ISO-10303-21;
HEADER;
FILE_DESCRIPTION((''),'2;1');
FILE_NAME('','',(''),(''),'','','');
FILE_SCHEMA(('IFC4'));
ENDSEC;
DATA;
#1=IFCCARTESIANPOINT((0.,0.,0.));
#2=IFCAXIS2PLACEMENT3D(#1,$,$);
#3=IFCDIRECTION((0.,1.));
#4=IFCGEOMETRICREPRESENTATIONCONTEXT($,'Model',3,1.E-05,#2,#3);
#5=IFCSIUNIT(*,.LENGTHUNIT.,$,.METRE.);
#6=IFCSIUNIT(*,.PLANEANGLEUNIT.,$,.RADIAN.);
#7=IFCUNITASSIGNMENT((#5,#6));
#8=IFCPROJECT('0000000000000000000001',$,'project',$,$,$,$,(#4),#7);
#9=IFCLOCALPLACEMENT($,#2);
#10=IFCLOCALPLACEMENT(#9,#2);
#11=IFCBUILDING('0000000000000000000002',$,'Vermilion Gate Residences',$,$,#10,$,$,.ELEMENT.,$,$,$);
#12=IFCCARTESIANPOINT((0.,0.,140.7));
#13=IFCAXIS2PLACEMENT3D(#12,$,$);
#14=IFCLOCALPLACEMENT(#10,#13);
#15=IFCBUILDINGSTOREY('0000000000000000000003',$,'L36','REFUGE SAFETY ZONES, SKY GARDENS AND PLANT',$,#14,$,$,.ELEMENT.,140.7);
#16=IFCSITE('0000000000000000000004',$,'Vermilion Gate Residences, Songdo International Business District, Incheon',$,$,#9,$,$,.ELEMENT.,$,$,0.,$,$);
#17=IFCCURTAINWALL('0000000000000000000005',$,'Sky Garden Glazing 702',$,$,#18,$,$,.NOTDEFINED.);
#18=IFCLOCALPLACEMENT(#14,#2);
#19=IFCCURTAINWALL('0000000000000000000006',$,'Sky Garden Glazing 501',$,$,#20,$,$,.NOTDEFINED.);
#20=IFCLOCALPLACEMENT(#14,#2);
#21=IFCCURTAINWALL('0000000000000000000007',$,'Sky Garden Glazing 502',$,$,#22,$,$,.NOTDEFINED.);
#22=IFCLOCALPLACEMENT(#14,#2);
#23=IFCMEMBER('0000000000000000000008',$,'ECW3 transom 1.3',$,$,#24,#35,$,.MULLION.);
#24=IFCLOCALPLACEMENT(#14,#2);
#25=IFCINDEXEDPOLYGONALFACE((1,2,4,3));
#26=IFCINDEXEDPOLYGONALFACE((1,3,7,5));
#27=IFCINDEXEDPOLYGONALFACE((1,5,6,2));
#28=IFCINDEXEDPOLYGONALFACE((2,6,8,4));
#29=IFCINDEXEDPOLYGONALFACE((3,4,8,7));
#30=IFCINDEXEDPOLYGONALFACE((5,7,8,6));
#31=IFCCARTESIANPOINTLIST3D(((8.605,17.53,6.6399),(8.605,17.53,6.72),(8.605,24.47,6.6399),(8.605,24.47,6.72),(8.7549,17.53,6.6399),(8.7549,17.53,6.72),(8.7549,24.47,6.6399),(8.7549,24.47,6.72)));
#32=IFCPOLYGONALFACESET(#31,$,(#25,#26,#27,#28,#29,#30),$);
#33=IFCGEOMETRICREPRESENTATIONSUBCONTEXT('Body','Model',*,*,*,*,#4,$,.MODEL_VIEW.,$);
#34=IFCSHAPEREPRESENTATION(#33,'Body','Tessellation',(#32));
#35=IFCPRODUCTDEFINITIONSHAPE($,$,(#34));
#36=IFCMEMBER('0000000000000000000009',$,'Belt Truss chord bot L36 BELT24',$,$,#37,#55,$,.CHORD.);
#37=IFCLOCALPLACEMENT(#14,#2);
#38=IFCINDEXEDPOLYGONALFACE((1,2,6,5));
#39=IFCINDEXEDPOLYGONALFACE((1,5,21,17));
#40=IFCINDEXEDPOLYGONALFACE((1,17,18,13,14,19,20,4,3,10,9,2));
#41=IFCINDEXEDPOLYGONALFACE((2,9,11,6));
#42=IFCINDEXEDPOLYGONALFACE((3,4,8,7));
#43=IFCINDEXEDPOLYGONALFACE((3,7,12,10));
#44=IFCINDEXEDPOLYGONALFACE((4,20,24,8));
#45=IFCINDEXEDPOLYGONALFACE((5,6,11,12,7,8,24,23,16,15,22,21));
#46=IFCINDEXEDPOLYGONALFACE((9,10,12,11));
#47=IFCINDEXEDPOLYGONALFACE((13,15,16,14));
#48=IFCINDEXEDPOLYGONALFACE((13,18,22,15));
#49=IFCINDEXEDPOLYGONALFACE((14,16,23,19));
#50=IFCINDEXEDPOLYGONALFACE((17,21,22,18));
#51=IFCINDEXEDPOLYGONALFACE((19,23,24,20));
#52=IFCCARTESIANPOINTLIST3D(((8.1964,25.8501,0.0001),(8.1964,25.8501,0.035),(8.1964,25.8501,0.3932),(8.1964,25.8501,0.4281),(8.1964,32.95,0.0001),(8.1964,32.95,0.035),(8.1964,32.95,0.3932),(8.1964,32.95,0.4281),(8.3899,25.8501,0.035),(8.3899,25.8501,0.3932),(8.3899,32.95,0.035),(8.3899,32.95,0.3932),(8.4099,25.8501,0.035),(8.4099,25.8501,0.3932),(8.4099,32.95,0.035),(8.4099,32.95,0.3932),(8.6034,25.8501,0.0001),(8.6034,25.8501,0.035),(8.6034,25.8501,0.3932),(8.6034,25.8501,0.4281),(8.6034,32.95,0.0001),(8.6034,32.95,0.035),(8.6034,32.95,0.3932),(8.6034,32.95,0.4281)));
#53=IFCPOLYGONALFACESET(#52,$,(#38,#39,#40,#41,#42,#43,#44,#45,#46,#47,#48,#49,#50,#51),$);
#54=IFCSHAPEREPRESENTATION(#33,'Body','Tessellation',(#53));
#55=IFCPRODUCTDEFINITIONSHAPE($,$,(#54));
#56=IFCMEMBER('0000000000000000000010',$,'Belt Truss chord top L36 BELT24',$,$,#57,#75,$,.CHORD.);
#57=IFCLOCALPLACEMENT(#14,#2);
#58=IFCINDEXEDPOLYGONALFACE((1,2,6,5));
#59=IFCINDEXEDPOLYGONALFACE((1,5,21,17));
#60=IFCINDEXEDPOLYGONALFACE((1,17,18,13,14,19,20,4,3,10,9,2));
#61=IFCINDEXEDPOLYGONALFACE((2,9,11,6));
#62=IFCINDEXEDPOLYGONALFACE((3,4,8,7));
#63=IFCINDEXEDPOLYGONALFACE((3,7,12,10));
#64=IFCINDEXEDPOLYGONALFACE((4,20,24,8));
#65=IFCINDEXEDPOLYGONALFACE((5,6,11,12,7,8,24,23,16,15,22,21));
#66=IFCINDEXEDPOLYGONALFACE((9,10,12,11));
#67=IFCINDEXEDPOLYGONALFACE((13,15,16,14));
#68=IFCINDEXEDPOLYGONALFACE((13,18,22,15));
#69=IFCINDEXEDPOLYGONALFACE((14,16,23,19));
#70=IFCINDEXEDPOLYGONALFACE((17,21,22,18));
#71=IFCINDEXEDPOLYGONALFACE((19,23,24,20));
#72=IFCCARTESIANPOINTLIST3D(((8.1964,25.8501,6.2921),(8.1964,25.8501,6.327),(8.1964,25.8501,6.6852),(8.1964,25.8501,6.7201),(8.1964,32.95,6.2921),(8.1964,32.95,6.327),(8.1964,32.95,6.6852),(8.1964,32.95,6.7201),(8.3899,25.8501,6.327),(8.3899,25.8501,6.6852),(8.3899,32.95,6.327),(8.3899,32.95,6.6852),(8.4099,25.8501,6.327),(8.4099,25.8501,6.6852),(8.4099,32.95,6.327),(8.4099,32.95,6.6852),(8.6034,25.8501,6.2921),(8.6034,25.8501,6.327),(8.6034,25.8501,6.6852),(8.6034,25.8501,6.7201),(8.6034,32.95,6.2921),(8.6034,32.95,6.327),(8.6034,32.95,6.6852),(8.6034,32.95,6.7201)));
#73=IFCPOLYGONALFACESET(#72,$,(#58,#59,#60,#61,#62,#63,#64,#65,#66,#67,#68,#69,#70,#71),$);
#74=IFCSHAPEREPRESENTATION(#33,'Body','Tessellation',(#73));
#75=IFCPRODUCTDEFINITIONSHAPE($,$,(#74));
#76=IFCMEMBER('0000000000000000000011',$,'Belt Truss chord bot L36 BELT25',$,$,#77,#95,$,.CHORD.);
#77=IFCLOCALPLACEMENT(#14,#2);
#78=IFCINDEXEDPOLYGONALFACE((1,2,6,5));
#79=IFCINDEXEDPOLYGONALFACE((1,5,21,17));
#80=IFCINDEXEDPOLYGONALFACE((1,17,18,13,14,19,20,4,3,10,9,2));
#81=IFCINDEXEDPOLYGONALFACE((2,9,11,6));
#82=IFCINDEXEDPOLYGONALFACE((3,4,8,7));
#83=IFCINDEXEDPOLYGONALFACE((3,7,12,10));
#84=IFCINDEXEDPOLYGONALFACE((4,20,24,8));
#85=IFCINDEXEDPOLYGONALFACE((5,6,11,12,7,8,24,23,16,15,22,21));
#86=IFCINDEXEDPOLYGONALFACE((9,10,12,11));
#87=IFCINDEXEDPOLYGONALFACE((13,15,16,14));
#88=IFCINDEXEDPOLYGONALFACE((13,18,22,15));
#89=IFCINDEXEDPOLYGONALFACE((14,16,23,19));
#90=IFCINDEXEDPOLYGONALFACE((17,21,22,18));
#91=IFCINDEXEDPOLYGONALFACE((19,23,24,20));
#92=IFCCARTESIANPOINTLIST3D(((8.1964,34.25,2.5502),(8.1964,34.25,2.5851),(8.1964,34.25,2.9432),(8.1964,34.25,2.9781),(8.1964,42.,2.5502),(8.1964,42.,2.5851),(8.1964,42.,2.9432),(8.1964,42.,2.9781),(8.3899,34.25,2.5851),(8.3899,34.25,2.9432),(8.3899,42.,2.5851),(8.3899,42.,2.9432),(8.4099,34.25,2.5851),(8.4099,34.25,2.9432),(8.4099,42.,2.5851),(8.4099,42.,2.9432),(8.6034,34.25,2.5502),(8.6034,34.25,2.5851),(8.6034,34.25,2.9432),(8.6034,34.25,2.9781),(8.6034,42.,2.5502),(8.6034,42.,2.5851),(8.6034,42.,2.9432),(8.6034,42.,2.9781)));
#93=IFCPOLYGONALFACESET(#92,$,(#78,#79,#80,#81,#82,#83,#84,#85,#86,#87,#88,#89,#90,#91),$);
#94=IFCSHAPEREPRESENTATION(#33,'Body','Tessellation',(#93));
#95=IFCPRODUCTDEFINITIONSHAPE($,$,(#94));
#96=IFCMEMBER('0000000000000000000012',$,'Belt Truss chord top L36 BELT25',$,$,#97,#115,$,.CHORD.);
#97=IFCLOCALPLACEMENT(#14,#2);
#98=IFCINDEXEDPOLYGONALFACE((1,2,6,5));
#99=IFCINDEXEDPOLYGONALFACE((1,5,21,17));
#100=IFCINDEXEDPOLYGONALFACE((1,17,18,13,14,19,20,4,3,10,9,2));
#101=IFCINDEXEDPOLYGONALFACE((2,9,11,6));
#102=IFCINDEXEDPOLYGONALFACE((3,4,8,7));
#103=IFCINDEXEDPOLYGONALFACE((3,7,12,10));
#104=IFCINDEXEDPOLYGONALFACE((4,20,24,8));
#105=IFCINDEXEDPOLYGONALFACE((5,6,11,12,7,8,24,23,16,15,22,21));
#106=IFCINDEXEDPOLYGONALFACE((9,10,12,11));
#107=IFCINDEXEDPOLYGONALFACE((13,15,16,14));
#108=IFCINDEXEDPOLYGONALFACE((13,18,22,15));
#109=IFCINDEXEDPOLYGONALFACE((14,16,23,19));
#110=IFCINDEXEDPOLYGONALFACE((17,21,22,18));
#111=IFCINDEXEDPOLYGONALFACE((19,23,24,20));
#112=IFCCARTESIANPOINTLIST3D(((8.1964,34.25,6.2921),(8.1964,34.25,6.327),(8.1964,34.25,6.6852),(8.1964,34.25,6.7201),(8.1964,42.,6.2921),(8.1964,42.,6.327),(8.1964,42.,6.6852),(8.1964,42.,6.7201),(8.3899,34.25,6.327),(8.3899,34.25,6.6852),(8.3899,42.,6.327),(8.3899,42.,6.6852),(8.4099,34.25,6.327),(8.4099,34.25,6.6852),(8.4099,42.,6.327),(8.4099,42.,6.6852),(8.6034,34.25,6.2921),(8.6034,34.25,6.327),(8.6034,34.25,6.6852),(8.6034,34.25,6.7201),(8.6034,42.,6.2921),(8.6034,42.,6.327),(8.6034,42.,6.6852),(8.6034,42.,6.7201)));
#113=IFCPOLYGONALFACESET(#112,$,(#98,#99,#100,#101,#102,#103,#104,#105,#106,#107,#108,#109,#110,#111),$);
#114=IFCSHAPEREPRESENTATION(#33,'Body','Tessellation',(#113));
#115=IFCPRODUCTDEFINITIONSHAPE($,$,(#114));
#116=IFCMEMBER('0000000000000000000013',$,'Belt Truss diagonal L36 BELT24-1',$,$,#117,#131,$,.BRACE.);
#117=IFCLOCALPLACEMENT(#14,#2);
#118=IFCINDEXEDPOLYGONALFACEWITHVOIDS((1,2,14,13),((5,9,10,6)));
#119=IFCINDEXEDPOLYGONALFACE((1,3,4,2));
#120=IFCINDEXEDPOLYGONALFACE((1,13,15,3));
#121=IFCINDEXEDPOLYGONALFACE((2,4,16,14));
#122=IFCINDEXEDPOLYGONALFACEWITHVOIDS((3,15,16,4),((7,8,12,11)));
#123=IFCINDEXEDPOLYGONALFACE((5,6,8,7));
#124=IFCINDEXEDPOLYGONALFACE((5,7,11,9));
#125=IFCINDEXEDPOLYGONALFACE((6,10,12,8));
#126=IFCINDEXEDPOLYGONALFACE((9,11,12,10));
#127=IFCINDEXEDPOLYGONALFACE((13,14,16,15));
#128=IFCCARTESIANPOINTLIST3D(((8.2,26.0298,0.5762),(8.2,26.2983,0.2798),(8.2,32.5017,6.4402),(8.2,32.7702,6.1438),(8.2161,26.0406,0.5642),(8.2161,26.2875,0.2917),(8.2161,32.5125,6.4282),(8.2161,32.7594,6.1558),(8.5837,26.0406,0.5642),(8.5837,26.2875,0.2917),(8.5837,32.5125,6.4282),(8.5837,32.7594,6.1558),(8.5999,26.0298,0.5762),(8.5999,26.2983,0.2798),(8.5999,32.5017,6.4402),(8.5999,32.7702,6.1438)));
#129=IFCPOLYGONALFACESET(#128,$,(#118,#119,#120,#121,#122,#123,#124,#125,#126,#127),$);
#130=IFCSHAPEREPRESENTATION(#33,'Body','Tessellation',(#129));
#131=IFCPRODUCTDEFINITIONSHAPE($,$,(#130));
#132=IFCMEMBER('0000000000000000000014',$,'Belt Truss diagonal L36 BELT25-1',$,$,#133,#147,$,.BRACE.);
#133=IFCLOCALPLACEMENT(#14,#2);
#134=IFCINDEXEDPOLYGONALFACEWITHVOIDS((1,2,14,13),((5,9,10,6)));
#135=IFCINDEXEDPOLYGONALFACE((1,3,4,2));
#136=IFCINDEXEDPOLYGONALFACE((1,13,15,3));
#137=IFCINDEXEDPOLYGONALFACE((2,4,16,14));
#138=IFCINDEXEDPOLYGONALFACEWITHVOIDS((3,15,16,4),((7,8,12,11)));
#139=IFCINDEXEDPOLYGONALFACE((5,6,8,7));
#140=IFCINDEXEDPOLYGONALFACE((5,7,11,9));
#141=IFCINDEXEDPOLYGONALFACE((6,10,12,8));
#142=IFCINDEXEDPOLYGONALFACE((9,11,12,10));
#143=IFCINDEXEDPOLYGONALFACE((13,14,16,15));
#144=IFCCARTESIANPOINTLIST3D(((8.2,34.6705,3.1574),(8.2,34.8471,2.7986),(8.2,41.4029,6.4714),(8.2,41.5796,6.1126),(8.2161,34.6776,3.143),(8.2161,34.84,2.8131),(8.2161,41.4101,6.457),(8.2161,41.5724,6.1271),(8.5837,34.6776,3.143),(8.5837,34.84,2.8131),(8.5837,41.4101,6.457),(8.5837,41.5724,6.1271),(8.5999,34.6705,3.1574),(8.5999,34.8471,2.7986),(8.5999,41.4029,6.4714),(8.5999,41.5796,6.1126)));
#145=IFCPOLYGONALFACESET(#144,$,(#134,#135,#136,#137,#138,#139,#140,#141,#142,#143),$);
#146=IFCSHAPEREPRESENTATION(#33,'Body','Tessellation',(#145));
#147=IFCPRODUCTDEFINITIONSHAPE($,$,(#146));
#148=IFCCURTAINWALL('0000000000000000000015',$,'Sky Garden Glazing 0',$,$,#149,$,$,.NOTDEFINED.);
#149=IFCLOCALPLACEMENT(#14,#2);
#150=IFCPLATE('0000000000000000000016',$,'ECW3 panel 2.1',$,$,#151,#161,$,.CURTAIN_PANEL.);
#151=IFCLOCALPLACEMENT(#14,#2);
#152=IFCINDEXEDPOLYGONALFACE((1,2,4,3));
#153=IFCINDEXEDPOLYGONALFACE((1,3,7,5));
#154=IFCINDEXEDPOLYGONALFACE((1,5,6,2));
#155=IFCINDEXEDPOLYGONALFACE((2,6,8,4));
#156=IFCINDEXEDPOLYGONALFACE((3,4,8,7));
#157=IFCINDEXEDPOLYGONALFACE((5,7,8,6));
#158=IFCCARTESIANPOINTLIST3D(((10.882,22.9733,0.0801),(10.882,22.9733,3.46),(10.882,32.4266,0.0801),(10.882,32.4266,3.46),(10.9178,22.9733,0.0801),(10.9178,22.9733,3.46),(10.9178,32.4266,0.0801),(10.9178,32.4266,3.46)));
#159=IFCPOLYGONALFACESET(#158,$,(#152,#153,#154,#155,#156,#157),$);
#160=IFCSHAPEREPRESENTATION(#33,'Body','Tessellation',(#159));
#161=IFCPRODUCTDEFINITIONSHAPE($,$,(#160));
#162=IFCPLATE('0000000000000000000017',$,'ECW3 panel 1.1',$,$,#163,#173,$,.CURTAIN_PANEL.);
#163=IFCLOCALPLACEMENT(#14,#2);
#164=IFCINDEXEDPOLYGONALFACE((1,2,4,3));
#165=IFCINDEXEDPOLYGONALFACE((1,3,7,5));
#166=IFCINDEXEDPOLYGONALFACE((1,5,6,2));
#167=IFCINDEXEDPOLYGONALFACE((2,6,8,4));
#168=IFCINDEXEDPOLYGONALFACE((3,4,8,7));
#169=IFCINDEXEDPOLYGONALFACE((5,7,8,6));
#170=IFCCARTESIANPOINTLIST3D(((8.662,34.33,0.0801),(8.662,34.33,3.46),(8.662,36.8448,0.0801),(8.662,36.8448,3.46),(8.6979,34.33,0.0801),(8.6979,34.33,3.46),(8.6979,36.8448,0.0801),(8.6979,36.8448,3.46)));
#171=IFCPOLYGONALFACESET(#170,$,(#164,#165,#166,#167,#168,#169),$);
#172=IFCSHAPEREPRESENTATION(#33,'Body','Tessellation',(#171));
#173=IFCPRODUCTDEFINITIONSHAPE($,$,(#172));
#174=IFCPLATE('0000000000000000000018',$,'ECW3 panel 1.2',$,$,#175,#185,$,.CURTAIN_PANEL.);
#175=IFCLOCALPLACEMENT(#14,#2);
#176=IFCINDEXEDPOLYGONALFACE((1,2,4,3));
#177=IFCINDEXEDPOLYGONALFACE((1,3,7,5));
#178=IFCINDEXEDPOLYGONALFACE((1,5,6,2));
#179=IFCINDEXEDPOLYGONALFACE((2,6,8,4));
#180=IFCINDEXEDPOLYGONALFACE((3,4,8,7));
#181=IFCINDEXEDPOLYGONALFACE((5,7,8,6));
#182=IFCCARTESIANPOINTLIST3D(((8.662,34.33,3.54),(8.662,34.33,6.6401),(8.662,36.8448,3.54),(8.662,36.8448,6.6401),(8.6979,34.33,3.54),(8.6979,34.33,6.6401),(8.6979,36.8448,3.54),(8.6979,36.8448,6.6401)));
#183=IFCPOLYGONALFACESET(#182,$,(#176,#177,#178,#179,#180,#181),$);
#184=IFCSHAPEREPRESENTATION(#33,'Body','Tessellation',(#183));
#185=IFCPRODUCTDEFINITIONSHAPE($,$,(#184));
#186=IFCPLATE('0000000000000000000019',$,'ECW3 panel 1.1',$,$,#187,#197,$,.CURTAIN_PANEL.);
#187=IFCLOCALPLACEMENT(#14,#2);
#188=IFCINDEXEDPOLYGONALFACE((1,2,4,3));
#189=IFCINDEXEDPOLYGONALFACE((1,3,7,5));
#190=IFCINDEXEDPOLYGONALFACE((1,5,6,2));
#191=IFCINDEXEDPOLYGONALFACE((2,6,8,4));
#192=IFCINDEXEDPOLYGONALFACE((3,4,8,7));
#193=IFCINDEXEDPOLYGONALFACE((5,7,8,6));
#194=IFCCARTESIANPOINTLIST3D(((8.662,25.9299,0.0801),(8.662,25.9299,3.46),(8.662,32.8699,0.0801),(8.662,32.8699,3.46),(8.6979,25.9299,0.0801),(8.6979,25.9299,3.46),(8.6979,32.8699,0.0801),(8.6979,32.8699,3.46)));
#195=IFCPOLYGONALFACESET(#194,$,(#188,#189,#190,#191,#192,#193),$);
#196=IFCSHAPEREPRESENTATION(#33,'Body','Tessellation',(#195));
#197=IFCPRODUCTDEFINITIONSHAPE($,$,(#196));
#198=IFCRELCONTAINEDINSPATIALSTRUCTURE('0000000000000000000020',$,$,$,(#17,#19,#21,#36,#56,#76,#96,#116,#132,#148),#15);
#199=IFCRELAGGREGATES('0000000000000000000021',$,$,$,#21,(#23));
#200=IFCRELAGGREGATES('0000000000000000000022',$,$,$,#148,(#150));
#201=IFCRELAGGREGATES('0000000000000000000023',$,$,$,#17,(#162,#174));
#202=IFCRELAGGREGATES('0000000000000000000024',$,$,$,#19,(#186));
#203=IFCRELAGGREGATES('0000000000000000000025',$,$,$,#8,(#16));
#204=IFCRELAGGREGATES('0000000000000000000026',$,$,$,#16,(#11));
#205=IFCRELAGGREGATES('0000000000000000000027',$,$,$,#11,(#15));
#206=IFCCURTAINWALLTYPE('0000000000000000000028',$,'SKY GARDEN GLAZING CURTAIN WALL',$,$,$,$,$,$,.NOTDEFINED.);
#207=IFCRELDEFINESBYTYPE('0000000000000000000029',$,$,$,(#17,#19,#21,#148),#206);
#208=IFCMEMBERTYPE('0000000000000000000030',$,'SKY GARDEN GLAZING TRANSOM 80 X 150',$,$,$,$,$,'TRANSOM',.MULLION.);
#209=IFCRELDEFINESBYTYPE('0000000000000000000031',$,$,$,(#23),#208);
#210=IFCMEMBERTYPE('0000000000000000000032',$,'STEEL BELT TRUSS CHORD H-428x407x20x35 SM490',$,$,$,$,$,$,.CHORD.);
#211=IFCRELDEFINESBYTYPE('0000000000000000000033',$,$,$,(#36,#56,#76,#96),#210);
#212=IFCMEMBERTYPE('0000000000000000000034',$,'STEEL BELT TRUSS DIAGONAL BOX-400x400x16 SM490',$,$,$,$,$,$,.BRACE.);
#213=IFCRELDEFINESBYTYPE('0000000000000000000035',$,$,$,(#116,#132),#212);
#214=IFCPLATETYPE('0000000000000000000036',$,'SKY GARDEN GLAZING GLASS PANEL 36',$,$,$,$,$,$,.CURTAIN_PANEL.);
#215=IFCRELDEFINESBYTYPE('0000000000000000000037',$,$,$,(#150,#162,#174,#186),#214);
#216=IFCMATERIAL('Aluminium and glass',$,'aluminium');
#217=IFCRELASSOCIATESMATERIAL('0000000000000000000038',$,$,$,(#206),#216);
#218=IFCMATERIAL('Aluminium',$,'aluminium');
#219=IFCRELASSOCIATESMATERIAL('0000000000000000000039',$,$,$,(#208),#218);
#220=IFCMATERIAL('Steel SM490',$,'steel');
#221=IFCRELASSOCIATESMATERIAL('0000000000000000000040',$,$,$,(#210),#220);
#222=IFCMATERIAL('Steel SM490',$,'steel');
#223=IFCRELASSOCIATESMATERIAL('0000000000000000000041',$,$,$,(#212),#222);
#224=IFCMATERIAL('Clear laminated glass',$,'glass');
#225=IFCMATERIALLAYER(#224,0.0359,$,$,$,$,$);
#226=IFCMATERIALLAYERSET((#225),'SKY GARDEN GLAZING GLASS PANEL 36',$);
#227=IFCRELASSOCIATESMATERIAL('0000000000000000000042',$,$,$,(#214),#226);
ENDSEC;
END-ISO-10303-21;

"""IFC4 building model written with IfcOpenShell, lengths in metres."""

from ifc_helpers import new_model, si_unit, direction, frame, origin, origin_2d, place, context, subcontext, project, spatial, rectangle, hollow_rectangle, i_section, extrude, material, layer, layer_set, material_profile, profile_set, type_object, element, aggregate, save


model = new_model("IFC4")

# Units and contexts
model_context = context("Model", 3, precision=1e-05, world=origin(), true_north=direction((0.0, 1.0)))
body_context = subcontext(model_context, "Body", "Model", "MODEL_VIEW")
ifc_project = project(units=[si_unit("LENGTHUNIT", "METRE"), si_unit("PLANEANGLEUNIT", "RADIAN")], contexts=[model_context])

# Site, building, storey
site_placement = place(None, origin())
site = spatial("IfcSite", under=ifc_project, at=site_placement, Name="Vermilion Gate Residences, Songdo International Business District, Incheon", CompositionType="ELEMENT", RefElevation=0.0)
building_placement = place(site_placement, origin())
building = spatial("IfcBuilding", under=site, at=building_placement, Name="Vermilion Gate Residences", CompositionType="ELEMENT")
storey_placement = place(building_placement, frame((0.0, 0.0, 140.7)))
storey = spatial("IfcBuildingStorey", under=building, at=storey_placement, Name="L36", Description="REFUGE SAFETY ZONES, SKY GARDENS AND PLANT", CompositionType="ELEMENT", Elevation=140.7)

# Curtain walls
ifc_material_1 = material(Name="Aluminium and glass", Category="aluminium")
curtain_wall_type = type_object("IfcCurtainWallType", Name="SKY GARDEN GLAZING CURTAIN WALL", PredefinedType="NOTDEFINED", material=ifc_material_1)
curtain_wall_1_placement = place(storey_placement, origin())
curtain_wall_1 = element("IfcCurtainWall", 1, at=curtain_wall_1_placement, inside=storey, type_object=curtain_wall_type, Name="Sky Garden Glazing 702", PredefinedType="NOTDEFINED")
curtain_wall_2_placement = place(storey_placement, origin())
curtain_wall_2 = element("IfcCurtainWall", 2, at=curtain_wall_2_placement, inside=storey, type_object=curtain_wall_type, Name="Sky Garden Glazing 501", PredefinedType="NOTDEFINED")

# Curtain wall
curtain_wall_3_placement = place(storey_placement, origin())
curtain_wall_3 = element("IfcCurtainWall", 3, at=curtain_wall_3_placement, inside=storey, type_object=curtain_wall_type, Name="Sky Garden Glazing 502", PredefinedType="NOTDEFINED")

# Member
ifc_material_2 = material(Name="Aluminium", Category="aluminium")
ifc_material_profile_1 = material_profile(ifc_material_2, rectangle(XDim=0.1499, YDim=0.0801, at=origin_2d()), Name="TRANSOM 80 X 150")
ifc_profile_set_1 = profile_set([ifc_material_profile_1], Name="Aluminium")
member_type_1 = type_object("IfcMemberType", Name="SKY GARDEN GLAZING TRANSOM 80 X 150", ElementType="TRANSOM", PredefinedType="MULLION", material=ifc_profile_set_1)
member_1_placement = place(storey_placement, frame((8.6799, 24.47, 6.6799), z_axis=(0.0, -1.0, 0.0), x_axis=(1.0, 0.0, 0.0)))
member_1 = element("IfcMember", 4, at=member_1_placement, type_object=member_type_1, Name="ECW3 transom 1.3", PredefinedType="MULLION", context=body_context, shape_type="SweptSolid", body=[
    extrude(rectangle(XDim=0.1499, YDim=0.0801, at=origin_2d()), origin(), (0.0, 0.0, 1.0), 6.9399),
])
aggregate(curtain_wall_3, [member_1])

# Members
ifc_material_3 = material(Name="Steel SM490", Category="steel")
ifc_material_profile_2 = material_profile(ifc_material_3, i_section(OverallWidth=0.407, OverallDepth=0.428, WebThickness=0.02, FlangeThickness=0.0349, at=origin_2d()), Name="H-428x407x20x35")
ifc_profile_set_2 = profile_set([ifc_material_profile_2], Name="Steel SM490")
member_type_2 = type_object("IfcMemberType", Name="STEEL BELT TRUSS CHORD H-428x407x20x35 SM490", PredefinedType="CHORD", material=ifc_profile_set_2)
for number, where, z_axis, x_axis, name in (
    (5, (8.3999, 25.8501, 0.2141), (0.0, 1.0, 0.0), (-1.0, 0.0, 0.0), "Belt Truss chord bot L36 BELT24"),
    (6, (8.3999, 25.8501, 6.5061), (0.0, 1.0, 0.0), (-1.0, 0.0, 0.0), "Belt Truss chord top L36 BELT24"),
):
    element("IfcMember", number, at=place(storey_placement, frame(where, z_axis=z_axis, x_axis=x_axis)), inside=storey, type_object=member_type_2, Name=name, PredefinedType="CHORD", context=body_context, shape_type="SweptSolid", body=[
        extrude(i_section(OverallWidth=0.407, OverallDepth=0.428, WebThickness=0.02, FlangeThickness=0.0349, at=origin_2d()), origin(), (0.0, 0.0, 1.0), 7.0999),
    ])
for number, where, z_axis, x_axis, name in (
    (7, (8.3999, 34.25, 2.7642), (0.0, 1.0, 0.0), (-1.0, 0.0, 0.0), "Belt Truss chord bot L36 BELT25"),
    (8, (8.3999, 34.25, 6.5061), (0.0, 1.0, 0.0), (-1.0, 0.0, 0.0), "Belt Truss chord top L36 BELT25"),
):
    element("IfcMember", number, at=place(storey_placement, frame(where, z_axis=z_axis, x_axis=x_axis)), inside=storey, type_object=member_type_2, Name=name, PredefinedType="CHORD", context=body_context, shape_type="SweptSolid", body=[
        extrude(i_section(OverallWidth=0.407, OverallDepth=0.428, WebThickness=0.02, FlangeThickness=0.0349, at=origin_2d()), origin(), (0.0, 0.0, 1.0), 7.75),
    ])
ifc_material_4 = material(Name="Steel SM490", Category="steel")
ifc_material_profile_3 = material_profile(ifc_material_4, hollow_rectangle(XDim=0.3999, YDim=0.3999, WallThickness=0.0161, at=origin_2d()), Name="BOX-400x400x16")
ifc_profile_set_3 = profile_set([ifc_material_profile_3], Name="Steel SM490")
member_type_3 = type_object("IfcMemberType", Name="STEEL BELT TRUSS DIAGONAL BOX-400x400x16 SM490", PredefinedType="BRACE", material=ifc_profile_set_3)
member_2_placement = place(storey_placement, frame((8.3999, 26.1641, 0.428), z_axis=(0.0, 0.741053, 0.671446), x_axis=(-1.0, 0.0, 0.0)))
element("IfcMember", 9, at=member_2_placement, inside=storey, type_object=member_type_3, Name="Belt Truss diagonal L36 BELT24-1", PredefinedType="BRACE", context=body_context, shape_type="SweptSolid", body=[
    extrude(hollow_rectangle(XDim=0.3999, YDim=0.3999, WallThickness=0.0161, at=origin_2d()), origin(), (0.0, 0.0, 1.0), 8.7334),
])
member_3_placement = place(storey_placement, frame((8.3999, 34.7588, 2.978), z_axis=(0.0, 0.897195, 0.441635), x_axis=(-1.0, 0.0, 0.0)))
element("IfcMember", 10, at=member_3_placement, inside=storey, type_object=member_type_3, Name="Belt Truss diagonal L36 BELT25-1", PredefinedType="BRACE", context=body_context, shape_type="SweptSolid", body=[
    extrude(hollow_rectangle(XDim=0.3999, YDim=0.3999, WallThickness=0.0161, at=origin_2d()), origin(), (0.0, 0.0, 1.0), 7.5039),
])

# Curtain wall, plate
curtain_wall_4_placement = place(storey_placement, origin())
curtain_wall_4 = element("IfcCurtainWall", 11, at=curtain_wall_4_placement, inside=storey, type_object=curtain_wall_type, Name="Sky Garden Glazing 0", PredefinedType="NOTDEFINED")
ifc_material_5 = material(Name="Clear laminated glass", Category="glass")
ifc_layer_1 = layer(ifc_material_5, 0.0359)
ifc_layer_set_1 = layer_set([ifc_layer_1], Name="SKY GARDEN GLAZING GLASS PANEL 36")
plate_type = type_object("IfcPlateType", Name="SKY GARDEN GLAZING GLASS PANEL 36", PredefinedType="CURTAIN_PANEL", material=ifc_layer_set_1)
plate_1_placement = place(storey_placement, frame((10.8999, 27.7, 0.0801), z_axis=(0.0, 0.0, 1.0), x_axis=(0.0, -1.0, 0.0)))
plate_1 = element("IfcPlate", 12, at=plate_1_placement, type_object=plate_type, Name="ECW3 panel 2.1", PredefinedType="CURTAIN_PANEL", context=body_context, shape_type="SweptSolid", body=[
    extrude(rectangle(XDim=9.4534, YDim=0.0359, at=origin_2d()), origin(), (0.0, 0.0, 1.0), 3.3799),
])
aggregate(curtain_wall_4, [plate_1])

# Plates
plate_2_placement = place(storey_placement, frame((8.6799, 35.5874, 0.0801), z_axis=(0.0, 0.0, 1.0), x_axis=(0.0, -1.0, 0.0)))
plate_2 = element("IfcPlate", 13, at=plate_2_placement, type_object=plate_type, Name="ECW3 panel 1.1", PredefinedType="CURTAIN_PANEL", context=body_context, shape_type="SweptSolid", body=[
    extrude(rectangle(XDim=2.5149, YDim=0.0359, at=origin_2d()), origin(), (0.0, 0.0, 1.0), 3.3799),
])
plate_3_placement = place(storey_placement, frame((8.6799, 35.5874, 3.54), z_axis=(0.0, 0.0, 1.0), x_axis=(0.0, -1.0, 0.0)))
plate_3 = element("IfcPlate", 14, at=plate_3_placement, type_object=plate_type, Name="ECW3 panel 1.2", PredefinedType="CURTAIN_PANEL", context=body_context, shape_type="SweptSolid", body=[
    extrude(rectangle(XDim=2.5149, YDim=0.0359, at=origin_2d()), origin(), (0.0, 0.0, 1.0), 3.1001),
])
aggregate(curtain_wall_1, [plate_2, plate_3])
plate_4_placement = place(storey_placement, frame((8.6799, 29.3999, 0.0801), z_axis=(0.0, 0.0, 1.0), x_axis=(0.0, -1.0, 0.0)))
plate_4 = element("IfcPlate", 15, at=plate_4_placement, type_object=plate_type, Name="ECW3 panel 1.1", PredefinedType="CURTAIN_PANEL", context=body_context, shape_type="SweptSolid", body=[
    extrude(rectangle(XDim=6.9399, YDim=0.0359, at=origin_2d()), origin(), (0.0, 0.0, 1.0), 3.3799),
])
aggregate(curtain_wall_2, [plate_4])

save(model, "model.ifc")
